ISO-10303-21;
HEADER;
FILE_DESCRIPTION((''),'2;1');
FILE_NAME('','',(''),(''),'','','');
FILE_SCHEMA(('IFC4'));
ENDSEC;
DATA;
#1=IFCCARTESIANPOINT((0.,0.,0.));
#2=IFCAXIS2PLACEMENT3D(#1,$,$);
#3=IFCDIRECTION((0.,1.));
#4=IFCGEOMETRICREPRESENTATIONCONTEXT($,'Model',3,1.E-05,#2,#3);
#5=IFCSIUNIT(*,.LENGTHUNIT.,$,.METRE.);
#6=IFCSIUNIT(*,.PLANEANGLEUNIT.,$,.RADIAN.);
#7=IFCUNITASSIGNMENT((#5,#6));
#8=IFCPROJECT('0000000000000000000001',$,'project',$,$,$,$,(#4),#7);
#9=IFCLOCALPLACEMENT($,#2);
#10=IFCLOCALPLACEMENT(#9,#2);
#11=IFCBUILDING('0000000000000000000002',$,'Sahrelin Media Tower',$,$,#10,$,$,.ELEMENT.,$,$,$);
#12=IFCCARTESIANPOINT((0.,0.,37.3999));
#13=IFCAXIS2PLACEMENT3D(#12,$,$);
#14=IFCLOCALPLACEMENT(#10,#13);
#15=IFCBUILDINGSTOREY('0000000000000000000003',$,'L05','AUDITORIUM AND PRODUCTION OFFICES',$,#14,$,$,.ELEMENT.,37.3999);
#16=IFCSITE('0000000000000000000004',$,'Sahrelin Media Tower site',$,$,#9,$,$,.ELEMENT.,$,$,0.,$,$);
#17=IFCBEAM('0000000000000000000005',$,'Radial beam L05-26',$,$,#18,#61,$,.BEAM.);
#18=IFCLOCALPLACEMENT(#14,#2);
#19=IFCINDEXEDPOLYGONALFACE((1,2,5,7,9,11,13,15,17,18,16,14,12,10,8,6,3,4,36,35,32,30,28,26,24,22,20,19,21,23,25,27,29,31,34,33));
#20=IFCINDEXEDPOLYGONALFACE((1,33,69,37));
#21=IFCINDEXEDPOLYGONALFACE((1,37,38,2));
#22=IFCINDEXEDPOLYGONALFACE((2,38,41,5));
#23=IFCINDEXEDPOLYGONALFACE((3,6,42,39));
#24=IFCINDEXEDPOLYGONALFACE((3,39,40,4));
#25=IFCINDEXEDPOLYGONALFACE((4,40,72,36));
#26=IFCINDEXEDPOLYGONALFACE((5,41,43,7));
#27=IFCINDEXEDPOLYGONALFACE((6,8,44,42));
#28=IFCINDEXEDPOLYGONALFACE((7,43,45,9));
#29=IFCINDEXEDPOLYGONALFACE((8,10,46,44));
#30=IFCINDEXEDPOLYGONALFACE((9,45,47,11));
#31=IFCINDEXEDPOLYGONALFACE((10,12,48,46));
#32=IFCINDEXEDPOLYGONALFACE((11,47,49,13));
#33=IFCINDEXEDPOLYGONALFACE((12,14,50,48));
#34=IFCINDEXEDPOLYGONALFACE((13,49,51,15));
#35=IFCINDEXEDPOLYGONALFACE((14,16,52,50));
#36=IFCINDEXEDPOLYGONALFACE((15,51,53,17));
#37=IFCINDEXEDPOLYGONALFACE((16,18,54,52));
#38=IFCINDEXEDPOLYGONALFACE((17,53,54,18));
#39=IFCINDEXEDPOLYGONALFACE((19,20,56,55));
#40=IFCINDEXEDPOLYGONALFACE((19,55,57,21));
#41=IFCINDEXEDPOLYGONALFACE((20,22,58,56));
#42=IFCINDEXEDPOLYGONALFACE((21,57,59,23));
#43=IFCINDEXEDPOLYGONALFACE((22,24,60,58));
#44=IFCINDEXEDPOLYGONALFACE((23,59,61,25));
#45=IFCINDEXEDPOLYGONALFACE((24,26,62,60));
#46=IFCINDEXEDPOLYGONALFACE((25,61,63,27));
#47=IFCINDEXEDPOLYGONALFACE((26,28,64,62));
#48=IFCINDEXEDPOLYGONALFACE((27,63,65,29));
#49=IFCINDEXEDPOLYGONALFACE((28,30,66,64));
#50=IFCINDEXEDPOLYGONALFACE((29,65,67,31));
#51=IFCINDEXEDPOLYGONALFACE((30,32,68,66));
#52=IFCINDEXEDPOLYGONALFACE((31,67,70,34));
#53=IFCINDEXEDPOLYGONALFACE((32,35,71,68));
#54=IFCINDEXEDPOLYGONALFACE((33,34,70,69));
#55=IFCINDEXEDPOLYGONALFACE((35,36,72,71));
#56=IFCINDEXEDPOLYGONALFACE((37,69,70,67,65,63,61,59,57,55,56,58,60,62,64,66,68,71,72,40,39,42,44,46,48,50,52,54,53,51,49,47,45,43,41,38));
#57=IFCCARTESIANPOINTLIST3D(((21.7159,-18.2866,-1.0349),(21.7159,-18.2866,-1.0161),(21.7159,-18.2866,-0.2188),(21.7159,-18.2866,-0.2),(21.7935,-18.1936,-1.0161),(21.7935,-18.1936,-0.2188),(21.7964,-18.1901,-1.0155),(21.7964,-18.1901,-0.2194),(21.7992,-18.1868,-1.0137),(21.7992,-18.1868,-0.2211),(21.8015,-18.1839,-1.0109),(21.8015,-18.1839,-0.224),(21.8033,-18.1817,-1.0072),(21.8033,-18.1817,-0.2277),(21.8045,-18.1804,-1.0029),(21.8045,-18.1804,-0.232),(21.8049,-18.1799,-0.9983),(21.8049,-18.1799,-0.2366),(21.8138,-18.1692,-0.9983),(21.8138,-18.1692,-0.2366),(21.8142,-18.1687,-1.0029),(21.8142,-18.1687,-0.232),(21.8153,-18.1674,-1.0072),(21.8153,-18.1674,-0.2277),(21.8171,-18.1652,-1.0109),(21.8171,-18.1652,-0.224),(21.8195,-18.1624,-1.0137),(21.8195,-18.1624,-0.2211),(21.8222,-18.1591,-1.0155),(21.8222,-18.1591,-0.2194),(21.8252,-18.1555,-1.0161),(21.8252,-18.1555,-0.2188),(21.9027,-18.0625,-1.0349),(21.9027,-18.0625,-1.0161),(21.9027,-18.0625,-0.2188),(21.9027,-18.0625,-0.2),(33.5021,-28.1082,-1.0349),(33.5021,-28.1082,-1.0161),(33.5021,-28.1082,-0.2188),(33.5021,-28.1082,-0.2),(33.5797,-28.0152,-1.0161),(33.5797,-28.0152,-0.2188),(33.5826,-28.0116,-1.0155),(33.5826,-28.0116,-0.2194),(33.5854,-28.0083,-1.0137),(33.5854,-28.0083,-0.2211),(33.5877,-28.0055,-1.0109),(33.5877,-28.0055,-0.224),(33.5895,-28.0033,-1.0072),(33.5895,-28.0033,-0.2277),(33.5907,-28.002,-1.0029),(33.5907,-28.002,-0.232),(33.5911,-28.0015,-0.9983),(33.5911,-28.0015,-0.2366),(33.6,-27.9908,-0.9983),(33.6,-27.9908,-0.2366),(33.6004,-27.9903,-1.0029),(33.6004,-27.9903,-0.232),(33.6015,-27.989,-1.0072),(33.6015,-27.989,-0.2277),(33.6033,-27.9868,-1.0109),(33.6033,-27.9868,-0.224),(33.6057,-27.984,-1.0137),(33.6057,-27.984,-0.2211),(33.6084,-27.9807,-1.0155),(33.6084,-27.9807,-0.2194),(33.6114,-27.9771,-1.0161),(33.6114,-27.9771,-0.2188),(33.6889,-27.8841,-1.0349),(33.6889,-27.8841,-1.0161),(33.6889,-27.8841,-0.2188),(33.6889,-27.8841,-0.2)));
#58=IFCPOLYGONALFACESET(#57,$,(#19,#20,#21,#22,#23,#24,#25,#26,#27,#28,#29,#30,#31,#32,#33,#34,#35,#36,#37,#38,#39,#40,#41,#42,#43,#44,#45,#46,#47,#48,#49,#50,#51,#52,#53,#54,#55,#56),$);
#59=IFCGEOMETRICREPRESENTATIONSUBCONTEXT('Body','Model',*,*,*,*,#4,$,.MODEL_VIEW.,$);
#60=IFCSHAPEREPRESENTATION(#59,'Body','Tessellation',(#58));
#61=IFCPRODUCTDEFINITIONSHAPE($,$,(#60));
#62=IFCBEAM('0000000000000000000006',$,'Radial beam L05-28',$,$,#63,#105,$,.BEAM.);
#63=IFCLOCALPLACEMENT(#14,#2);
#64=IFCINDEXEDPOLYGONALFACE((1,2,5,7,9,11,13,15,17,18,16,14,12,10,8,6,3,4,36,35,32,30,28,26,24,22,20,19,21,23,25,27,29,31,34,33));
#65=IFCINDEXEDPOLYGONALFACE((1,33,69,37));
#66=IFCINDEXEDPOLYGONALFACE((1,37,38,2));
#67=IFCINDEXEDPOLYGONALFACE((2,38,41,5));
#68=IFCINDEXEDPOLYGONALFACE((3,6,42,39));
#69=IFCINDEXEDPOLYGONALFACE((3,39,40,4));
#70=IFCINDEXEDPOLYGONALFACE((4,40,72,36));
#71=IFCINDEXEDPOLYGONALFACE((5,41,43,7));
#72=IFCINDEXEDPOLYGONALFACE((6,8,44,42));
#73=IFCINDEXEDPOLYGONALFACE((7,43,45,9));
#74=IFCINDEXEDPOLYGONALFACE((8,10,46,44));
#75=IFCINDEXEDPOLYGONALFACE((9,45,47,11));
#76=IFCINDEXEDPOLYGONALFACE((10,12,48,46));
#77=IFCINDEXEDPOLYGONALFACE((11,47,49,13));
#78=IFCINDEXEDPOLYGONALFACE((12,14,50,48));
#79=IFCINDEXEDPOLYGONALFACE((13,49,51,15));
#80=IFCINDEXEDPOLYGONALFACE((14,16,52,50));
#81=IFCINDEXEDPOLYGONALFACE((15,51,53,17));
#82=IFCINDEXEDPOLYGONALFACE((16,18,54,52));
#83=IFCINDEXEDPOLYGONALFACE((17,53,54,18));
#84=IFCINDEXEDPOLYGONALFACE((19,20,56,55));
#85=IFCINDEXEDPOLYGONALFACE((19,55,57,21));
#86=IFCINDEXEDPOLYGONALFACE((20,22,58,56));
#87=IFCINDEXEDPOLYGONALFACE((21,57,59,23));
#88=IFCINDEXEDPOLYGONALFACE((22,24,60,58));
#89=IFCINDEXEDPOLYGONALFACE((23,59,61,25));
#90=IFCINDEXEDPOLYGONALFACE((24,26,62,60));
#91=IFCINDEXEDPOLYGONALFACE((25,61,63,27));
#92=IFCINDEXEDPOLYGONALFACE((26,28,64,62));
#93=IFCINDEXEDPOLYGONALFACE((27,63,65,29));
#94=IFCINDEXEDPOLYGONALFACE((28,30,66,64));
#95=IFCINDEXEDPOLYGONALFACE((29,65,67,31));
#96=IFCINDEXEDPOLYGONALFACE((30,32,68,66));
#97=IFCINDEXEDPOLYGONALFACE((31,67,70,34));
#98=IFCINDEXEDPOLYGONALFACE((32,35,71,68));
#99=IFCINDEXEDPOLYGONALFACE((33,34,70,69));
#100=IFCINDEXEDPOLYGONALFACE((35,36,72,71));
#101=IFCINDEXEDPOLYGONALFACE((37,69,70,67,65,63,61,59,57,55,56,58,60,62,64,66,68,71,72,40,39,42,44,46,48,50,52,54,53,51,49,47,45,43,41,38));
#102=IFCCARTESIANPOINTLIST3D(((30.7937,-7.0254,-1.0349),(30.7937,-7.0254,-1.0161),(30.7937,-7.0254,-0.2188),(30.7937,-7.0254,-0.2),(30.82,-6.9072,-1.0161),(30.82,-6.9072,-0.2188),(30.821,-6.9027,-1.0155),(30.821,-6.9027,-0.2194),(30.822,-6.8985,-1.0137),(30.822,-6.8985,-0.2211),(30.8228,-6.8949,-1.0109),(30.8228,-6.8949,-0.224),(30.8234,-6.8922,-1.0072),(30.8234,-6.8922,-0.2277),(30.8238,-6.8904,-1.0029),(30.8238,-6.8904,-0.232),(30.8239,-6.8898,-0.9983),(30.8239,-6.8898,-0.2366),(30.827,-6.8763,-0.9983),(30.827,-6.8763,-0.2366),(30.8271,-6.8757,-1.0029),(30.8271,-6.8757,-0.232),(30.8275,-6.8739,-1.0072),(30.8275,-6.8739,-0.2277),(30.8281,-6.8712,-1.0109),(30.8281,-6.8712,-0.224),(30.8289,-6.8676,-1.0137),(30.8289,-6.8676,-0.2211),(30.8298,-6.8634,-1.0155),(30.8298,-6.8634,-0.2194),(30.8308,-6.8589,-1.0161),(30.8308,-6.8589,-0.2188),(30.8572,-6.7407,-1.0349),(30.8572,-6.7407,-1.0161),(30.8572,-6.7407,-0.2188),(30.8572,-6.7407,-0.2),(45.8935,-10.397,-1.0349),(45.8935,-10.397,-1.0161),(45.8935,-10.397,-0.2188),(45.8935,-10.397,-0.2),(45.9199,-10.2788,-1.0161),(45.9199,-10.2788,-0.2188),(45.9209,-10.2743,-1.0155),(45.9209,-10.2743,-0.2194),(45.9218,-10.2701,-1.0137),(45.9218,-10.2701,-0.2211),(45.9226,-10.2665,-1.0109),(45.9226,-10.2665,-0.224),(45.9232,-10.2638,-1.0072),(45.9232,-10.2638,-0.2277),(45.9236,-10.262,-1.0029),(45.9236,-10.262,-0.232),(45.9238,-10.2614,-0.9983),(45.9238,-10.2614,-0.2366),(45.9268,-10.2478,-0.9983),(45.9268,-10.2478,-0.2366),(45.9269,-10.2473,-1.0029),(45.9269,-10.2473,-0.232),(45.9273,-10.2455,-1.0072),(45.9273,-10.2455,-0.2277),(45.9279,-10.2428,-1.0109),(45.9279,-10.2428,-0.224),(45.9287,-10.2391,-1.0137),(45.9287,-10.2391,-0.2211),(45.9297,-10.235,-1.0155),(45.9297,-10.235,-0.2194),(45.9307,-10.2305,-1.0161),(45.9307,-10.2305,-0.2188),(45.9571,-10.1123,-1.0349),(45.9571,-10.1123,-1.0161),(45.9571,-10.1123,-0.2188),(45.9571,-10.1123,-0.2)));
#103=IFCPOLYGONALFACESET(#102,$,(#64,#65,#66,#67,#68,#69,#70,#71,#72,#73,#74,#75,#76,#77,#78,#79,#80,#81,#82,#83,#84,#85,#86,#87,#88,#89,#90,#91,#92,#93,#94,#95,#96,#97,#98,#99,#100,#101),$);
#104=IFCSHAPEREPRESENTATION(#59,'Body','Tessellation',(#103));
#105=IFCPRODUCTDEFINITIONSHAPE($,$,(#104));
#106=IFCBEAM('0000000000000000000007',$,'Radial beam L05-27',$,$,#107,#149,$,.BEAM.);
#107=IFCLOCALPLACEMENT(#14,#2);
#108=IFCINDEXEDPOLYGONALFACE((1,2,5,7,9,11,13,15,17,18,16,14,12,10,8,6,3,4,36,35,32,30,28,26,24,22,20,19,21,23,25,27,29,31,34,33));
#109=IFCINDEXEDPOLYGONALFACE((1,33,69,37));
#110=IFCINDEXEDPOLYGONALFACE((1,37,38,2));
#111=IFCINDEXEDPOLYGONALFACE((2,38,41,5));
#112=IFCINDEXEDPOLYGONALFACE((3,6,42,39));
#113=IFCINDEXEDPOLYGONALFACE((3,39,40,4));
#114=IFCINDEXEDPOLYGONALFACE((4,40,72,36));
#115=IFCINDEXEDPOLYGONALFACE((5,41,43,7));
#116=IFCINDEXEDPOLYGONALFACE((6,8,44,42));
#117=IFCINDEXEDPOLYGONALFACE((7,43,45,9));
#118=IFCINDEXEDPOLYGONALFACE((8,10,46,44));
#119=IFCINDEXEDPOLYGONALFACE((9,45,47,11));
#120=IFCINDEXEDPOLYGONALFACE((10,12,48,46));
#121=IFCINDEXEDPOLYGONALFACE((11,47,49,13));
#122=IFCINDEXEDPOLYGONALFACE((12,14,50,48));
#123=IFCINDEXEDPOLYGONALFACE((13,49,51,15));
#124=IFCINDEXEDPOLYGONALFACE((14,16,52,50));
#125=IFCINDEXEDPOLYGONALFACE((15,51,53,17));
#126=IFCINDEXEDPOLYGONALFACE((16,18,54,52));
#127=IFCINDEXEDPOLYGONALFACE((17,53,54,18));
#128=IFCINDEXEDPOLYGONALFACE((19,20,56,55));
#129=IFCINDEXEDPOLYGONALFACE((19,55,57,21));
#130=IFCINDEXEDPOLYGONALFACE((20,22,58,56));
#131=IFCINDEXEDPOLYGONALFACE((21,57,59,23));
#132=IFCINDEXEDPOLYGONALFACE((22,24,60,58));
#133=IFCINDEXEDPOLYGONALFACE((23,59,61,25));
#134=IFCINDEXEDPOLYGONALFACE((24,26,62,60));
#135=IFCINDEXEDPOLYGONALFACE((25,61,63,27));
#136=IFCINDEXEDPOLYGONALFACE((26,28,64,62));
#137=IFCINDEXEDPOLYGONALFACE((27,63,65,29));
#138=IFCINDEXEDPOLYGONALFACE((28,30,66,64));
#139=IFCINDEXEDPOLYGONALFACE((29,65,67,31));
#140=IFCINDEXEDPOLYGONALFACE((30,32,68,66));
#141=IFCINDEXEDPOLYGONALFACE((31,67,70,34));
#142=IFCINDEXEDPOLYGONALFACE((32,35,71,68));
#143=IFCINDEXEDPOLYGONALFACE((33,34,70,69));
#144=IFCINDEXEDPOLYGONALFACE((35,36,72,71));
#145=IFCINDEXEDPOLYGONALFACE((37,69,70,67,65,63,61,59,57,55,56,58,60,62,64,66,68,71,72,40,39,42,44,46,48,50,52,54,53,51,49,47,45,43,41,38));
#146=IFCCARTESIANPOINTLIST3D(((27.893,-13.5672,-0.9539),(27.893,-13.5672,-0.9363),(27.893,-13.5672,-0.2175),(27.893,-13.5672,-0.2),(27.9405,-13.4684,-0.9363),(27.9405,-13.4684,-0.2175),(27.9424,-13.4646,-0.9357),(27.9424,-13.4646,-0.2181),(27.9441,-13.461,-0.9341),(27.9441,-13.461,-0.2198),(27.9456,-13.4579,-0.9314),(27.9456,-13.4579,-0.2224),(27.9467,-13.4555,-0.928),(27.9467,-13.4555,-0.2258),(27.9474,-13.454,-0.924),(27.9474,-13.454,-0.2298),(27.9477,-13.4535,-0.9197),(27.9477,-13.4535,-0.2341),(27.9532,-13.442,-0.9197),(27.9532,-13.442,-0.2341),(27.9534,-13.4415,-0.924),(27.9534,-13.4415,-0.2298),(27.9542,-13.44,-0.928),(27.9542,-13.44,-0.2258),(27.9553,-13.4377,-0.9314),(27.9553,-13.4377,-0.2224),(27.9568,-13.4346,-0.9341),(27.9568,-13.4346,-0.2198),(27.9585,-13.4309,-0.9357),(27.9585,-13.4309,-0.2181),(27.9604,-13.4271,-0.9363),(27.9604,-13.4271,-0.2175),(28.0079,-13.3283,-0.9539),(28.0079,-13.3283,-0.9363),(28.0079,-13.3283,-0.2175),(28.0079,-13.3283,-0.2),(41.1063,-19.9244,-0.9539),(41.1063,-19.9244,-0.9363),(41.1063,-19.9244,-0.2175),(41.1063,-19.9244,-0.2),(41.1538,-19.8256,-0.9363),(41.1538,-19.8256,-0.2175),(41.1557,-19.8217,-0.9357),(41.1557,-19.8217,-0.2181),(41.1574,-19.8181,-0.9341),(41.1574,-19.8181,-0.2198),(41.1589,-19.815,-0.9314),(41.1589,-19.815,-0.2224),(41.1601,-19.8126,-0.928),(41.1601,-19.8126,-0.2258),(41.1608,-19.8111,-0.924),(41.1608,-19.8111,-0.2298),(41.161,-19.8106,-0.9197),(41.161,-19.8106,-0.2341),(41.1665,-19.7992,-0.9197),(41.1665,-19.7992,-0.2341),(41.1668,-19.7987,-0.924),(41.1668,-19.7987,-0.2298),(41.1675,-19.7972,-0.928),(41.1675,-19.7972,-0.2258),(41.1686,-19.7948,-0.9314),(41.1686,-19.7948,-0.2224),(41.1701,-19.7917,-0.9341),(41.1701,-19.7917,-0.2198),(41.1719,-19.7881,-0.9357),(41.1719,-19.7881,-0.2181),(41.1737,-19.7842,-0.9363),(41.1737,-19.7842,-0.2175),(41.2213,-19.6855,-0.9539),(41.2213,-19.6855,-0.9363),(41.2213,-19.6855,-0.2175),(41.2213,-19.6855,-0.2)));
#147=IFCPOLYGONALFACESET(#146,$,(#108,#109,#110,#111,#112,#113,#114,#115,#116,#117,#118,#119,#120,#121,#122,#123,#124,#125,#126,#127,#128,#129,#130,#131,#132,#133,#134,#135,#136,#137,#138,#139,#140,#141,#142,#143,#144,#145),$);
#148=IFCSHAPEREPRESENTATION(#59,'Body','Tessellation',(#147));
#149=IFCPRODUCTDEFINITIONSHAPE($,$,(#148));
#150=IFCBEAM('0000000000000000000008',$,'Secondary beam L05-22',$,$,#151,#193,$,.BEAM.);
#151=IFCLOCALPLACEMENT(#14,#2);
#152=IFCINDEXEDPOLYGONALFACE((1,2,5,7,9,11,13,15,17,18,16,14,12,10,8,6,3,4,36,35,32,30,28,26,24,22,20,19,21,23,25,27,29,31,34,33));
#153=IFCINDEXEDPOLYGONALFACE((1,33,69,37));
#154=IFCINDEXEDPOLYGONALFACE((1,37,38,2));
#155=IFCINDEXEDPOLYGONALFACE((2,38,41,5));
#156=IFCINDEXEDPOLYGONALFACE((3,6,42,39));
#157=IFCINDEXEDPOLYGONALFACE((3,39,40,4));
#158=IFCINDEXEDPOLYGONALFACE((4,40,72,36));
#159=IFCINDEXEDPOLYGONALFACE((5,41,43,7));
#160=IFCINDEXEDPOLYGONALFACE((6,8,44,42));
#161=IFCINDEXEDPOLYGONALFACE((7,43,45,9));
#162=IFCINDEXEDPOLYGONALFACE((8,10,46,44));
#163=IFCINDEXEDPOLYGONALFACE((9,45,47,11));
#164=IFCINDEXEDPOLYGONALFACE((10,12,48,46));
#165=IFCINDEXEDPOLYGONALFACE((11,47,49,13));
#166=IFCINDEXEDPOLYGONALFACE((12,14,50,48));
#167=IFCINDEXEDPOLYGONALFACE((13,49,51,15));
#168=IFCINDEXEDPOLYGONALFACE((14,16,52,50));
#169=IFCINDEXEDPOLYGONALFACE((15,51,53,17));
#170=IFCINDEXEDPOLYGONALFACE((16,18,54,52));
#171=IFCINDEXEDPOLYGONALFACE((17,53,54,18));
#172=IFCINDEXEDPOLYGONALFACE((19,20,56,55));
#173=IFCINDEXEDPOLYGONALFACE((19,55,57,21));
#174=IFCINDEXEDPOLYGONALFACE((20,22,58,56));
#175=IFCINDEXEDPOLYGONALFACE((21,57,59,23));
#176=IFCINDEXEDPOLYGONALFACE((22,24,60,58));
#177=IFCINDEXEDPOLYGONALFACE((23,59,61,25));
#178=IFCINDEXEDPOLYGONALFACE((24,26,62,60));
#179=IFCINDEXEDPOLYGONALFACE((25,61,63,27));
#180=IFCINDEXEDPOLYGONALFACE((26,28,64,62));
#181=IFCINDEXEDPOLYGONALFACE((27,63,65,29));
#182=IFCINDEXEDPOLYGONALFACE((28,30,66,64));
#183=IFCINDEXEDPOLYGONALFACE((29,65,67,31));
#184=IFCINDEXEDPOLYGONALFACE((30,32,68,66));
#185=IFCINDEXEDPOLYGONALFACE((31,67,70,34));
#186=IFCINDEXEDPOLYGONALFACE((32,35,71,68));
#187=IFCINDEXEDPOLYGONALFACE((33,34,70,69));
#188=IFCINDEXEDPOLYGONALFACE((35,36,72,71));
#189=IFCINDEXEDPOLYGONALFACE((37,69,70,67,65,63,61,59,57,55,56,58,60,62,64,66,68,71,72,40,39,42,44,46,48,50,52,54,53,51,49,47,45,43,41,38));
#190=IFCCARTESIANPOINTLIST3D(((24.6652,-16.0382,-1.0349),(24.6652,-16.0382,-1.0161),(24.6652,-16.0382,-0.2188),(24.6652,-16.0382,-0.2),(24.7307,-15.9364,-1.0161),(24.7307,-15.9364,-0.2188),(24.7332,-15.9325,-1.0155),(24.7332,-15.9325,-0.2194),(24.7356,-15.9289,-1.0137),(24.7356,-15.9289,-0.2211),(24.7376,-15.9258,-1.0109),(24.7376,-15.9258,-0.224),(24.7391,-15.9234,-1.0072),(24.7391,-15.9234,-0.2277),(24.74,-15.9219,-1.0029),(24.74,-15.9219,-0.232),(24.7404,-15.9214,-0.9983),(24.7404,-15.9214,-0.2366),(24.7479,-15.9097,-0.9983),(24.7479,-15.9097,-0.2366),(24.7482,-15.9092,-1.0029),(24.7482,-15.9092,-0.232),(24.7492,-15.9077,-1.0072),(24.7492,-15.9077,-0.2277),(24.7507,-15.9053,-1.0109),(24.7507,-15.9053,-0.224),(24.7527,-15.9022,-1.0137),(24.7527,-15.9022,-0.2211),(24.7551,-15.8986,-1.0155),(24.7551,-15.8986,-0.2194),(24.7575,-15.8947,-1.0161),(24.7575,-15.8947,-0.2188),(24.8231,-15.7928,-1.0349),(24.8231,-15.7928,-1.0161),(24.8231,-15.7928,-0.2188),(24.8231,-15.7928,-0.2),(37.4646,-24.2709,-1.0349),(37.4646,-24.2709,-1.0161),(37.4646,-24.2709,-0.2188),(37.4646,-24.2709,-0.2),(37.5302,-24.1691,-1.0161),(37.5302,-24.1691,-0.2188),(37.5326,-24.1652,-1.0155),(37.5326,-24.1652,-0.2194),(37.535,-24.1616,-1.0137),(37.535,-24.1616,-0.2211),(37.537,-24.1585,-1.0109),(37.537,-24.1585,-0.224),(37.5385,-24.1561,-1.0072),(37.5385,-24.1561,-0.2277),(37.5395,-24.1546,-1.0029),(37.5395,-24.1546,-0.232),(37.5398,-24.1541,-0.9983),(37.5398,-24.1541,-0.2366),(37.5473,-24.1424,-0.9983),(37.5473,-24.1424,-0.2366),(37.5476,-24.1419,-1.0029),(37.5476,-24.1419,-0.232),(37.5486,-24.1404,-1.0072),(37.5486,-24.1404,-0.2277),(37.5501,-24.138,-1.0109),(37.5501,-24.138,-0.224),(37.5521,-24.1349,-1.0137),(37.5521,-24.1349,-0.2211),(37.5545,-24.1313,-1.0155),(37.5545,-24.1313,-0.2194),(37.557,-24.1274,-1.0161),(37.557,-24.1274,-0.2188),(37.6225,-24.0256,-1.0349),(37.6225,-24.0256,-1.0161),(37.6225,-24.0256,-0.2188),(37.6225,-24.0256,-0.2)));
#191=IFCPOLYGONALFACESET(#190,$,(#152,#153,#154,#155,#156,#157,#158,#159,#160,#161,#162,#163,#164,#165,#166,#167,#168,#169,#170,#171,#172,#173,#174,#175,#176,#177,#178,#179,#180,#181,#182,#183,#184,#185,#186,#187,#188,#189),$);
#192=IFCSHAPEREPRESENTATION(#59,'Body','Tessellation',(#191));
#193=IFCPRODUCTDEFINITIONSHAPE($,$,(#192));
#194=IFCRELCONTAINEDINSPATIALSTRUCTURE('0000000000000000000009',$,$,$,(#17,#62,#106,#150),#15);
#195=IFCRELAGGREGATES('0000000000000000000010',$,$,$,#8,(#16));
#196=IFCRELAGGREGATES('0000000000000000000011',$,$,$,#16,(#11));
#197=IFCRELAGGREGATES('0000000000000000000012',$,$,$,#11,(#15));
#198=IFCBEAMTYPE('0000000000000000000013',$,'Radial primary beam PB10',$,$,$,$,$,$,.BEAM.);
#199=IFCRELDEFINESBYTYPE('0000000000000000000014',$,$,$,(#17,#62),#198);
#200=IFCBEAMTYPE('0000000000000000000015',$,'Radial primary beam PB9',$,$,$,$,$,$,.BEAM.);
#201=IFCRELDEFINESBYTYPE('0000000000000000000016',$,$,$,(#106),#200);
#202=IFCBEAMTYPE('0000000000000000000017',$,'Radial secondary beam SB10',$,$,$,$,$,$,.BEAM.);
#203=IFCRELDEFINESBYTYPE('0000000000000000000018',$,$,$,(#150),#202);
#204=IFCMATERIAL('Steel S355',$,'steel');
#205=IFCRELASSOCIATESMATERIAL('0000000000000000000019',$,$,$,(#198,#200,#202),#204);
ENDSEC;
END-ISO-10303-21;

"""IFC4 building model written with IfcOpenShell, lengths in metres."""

from ifc_helpers import new_model, si_unit, direction, frame, origin, origin_2d, place, context, subcontext, project, spatial, i_section, extrude, material, material_profile, profile_set, type_object, element, save


model = new_model("IFC4")

# Units and contexts
model_context = context("Model", 3, precision=1e-05, world=origin(), true_north=direction((0.0, 1.0)))
body_context = subcontext(model_context, "Body", "Model", "MODEL_VIEW")
ifc_project = project(units=[si_unit("LENGTHUNIT", "METRE"), si_unit("PLANEANGLEUNIT", "RADIAN")], contexts=[model_context])

# Site, building, storey
site_placement = place(None, origin())
site = spatial("IfcSite", under=ifc_project, at=site_placement, Name="Sahrelin Media Tower site", CompositionType="ELEMENT", RefElevation=0.0)
building_placement = place(site_placement, origin())
building = spatial("IfcBuilding", under=site, at=building_placement, Name="Sahrelin Media Tower", CompositionType="ELEMENT")
storey_placement = place(building_placement, frame((0.0, 0.0, 37.3999)))
storey = spatial("IfcBuildingStorey", under=building, at=storey_placement, Name="L05", Description="AUDITORIUM AND PRODUCTION OFFICES", CompositionType="ELEMENT", Elevation=37.3999)

# Beams
ifc_material_1 = material(Name="Steel S355", Category="steel")
ifc_material_profile_1 = material_profile(ifc_material_1, i_section(OverallWidth=0.2917, OverallDepth=0.835, WebThickness=0.0139, FlangeThickness=0.0188, FilletRadius=0.0178, at=origin_2d()), Name="UB 838x292x176")
ifc_profile_set_1 = profile_set([ifc_material_profile_1], Name="Steel S355")
beam_type_1 = type_object("IfcBeamType", Name="Radial primary beam PB10", PredefinedType="BEAM", material=ifc_profile_set_1)
beam_1_placement = place(storey_placement, frame((21.8093, -18.1746, -0.6174), z_axis=(0.768229, -0.640175, 0.0), x_axis=(0.640175, 0.768229, 0.0)))
element("IfcBeam", 1, at=beam_1_placement, inside=storey, type_object=beam_type_1, Name="Radial beam L05-26", PredefinedType="BEAM", context=body_context, shape_type="SweptSolid", body=[
    extrude(i_section(OverallWidth=0.2917, OverallDepth=0.835, WebThickness=0.0139, FlangeThickness=0.0188, FilletRadius=0.0178, at=origin_2d()), origin(), (0.0, 0.0, 1.0), 15.342),
])
beam_2_placement = place(storey_placement, frame((30.8254, -6.8831, -0.6174), z_axis=(0.975967, -0.217919, 0.0), x_axis=(0.217919, 0.975967, 0.0)))
element("IfcBeam", 2, at=beam_2_placement, inside=storey, type_object=beam_type_1, Name="Radial beam L05-28", PredefinedType="BEAM", context=body_context, shape_type="SweptSolid", body=[
    extrude(i_section(OverallWidth=0.2917, OverallDepth=0.835, WebThickness=0.0139, FlangeThickness=0.0188, FilletRadius=0.0178, at=origin_2d()), origin(), (0.0, 0.0, 1.0), 15.4717),
])
ifc_material_profile_2 = material_profile(ifc_material_1, i_section(OverallWidth=0.2651, OverallDepth=0.7539, WebThickness=0.0127, FlangeThickness=0.0176, FilletRadius=0.0166, at=origin_2d()), Name="UB 762x267x147")
ifc_profile_set_2 = profile_set([ifc_material_profile_2], Name="Steel S355")
beam_type_2 = type_object("IfcBeamType", Name="Radial primary beam PB9", PredefinedType="BEAM", material=ifc_profile_set_2)
beam_3_placement = place(storey_placement, frame((27.9504, -13.4478, -0.5769), z_axis=(0.90113, -0.433549, 0.0), x_axis=(0.433549, 0.90113, 0.0)))
element("IfcBeam", 3, at=beam_3_placement, inside=storey, type_object=beam_type_2, Name="Radial beam L05-27", PredefinedType="BEAM", context=body_context, shape_type="SweptSolid", body=[
    extrude(i_section(OverallWidth=0.2651, OverallDepth=0.7539, WebThickness=0.0127, FlangeThickness=0.0176, FilletRadius=0.0166, at=origin_2d()), origin(), (0.0, 0.0, 1.0), 14.6631),
])
ifc_material_profile_3 = material_profile(ifc_material_1, i_section(OverallWidth=0.2917, OverallDepth=0.835, WebThickness=0.0139, FlangeThickness=0.0188, FilletRadius=0.0178, at=origin_2d()), Name="UB 838x292x176")
ifc_profile_set_3 = profile_set([ifc_material_profile_3], Name="Steel S355")
beam_type_3 = type_object("IfcBeamType", Name="Radial secondary beam SB10", PredefinedType="BEAM", material=ifc_profile_set_3)
beam_4_placement = place(storey_placement, frame((24.7441, -15.9155, -0.6174), z_axis=(0.841043, -0.540968, 0.0), x_axis=(0.540968, 0.841043, 0.0)))
element("IfcBeam", 4, at=beam_4_placement, inside=storey, type_object=beam_type_3, Name="Secondary beam L05-22", PredefinedType="BEAM", context=body_context, shape_type="SweptSolid", body=[
    extrude(i_section(OverallWidth=0.2917, OverallDepth=0.835, WebThickness=0.0139, FlangeThickness=0.0188, FilletRadius=0.0178, at=origin_2d()), origin(), (0.0, 0.0, 1.0), 15.2185),
])

save(model, "model.ifc")
